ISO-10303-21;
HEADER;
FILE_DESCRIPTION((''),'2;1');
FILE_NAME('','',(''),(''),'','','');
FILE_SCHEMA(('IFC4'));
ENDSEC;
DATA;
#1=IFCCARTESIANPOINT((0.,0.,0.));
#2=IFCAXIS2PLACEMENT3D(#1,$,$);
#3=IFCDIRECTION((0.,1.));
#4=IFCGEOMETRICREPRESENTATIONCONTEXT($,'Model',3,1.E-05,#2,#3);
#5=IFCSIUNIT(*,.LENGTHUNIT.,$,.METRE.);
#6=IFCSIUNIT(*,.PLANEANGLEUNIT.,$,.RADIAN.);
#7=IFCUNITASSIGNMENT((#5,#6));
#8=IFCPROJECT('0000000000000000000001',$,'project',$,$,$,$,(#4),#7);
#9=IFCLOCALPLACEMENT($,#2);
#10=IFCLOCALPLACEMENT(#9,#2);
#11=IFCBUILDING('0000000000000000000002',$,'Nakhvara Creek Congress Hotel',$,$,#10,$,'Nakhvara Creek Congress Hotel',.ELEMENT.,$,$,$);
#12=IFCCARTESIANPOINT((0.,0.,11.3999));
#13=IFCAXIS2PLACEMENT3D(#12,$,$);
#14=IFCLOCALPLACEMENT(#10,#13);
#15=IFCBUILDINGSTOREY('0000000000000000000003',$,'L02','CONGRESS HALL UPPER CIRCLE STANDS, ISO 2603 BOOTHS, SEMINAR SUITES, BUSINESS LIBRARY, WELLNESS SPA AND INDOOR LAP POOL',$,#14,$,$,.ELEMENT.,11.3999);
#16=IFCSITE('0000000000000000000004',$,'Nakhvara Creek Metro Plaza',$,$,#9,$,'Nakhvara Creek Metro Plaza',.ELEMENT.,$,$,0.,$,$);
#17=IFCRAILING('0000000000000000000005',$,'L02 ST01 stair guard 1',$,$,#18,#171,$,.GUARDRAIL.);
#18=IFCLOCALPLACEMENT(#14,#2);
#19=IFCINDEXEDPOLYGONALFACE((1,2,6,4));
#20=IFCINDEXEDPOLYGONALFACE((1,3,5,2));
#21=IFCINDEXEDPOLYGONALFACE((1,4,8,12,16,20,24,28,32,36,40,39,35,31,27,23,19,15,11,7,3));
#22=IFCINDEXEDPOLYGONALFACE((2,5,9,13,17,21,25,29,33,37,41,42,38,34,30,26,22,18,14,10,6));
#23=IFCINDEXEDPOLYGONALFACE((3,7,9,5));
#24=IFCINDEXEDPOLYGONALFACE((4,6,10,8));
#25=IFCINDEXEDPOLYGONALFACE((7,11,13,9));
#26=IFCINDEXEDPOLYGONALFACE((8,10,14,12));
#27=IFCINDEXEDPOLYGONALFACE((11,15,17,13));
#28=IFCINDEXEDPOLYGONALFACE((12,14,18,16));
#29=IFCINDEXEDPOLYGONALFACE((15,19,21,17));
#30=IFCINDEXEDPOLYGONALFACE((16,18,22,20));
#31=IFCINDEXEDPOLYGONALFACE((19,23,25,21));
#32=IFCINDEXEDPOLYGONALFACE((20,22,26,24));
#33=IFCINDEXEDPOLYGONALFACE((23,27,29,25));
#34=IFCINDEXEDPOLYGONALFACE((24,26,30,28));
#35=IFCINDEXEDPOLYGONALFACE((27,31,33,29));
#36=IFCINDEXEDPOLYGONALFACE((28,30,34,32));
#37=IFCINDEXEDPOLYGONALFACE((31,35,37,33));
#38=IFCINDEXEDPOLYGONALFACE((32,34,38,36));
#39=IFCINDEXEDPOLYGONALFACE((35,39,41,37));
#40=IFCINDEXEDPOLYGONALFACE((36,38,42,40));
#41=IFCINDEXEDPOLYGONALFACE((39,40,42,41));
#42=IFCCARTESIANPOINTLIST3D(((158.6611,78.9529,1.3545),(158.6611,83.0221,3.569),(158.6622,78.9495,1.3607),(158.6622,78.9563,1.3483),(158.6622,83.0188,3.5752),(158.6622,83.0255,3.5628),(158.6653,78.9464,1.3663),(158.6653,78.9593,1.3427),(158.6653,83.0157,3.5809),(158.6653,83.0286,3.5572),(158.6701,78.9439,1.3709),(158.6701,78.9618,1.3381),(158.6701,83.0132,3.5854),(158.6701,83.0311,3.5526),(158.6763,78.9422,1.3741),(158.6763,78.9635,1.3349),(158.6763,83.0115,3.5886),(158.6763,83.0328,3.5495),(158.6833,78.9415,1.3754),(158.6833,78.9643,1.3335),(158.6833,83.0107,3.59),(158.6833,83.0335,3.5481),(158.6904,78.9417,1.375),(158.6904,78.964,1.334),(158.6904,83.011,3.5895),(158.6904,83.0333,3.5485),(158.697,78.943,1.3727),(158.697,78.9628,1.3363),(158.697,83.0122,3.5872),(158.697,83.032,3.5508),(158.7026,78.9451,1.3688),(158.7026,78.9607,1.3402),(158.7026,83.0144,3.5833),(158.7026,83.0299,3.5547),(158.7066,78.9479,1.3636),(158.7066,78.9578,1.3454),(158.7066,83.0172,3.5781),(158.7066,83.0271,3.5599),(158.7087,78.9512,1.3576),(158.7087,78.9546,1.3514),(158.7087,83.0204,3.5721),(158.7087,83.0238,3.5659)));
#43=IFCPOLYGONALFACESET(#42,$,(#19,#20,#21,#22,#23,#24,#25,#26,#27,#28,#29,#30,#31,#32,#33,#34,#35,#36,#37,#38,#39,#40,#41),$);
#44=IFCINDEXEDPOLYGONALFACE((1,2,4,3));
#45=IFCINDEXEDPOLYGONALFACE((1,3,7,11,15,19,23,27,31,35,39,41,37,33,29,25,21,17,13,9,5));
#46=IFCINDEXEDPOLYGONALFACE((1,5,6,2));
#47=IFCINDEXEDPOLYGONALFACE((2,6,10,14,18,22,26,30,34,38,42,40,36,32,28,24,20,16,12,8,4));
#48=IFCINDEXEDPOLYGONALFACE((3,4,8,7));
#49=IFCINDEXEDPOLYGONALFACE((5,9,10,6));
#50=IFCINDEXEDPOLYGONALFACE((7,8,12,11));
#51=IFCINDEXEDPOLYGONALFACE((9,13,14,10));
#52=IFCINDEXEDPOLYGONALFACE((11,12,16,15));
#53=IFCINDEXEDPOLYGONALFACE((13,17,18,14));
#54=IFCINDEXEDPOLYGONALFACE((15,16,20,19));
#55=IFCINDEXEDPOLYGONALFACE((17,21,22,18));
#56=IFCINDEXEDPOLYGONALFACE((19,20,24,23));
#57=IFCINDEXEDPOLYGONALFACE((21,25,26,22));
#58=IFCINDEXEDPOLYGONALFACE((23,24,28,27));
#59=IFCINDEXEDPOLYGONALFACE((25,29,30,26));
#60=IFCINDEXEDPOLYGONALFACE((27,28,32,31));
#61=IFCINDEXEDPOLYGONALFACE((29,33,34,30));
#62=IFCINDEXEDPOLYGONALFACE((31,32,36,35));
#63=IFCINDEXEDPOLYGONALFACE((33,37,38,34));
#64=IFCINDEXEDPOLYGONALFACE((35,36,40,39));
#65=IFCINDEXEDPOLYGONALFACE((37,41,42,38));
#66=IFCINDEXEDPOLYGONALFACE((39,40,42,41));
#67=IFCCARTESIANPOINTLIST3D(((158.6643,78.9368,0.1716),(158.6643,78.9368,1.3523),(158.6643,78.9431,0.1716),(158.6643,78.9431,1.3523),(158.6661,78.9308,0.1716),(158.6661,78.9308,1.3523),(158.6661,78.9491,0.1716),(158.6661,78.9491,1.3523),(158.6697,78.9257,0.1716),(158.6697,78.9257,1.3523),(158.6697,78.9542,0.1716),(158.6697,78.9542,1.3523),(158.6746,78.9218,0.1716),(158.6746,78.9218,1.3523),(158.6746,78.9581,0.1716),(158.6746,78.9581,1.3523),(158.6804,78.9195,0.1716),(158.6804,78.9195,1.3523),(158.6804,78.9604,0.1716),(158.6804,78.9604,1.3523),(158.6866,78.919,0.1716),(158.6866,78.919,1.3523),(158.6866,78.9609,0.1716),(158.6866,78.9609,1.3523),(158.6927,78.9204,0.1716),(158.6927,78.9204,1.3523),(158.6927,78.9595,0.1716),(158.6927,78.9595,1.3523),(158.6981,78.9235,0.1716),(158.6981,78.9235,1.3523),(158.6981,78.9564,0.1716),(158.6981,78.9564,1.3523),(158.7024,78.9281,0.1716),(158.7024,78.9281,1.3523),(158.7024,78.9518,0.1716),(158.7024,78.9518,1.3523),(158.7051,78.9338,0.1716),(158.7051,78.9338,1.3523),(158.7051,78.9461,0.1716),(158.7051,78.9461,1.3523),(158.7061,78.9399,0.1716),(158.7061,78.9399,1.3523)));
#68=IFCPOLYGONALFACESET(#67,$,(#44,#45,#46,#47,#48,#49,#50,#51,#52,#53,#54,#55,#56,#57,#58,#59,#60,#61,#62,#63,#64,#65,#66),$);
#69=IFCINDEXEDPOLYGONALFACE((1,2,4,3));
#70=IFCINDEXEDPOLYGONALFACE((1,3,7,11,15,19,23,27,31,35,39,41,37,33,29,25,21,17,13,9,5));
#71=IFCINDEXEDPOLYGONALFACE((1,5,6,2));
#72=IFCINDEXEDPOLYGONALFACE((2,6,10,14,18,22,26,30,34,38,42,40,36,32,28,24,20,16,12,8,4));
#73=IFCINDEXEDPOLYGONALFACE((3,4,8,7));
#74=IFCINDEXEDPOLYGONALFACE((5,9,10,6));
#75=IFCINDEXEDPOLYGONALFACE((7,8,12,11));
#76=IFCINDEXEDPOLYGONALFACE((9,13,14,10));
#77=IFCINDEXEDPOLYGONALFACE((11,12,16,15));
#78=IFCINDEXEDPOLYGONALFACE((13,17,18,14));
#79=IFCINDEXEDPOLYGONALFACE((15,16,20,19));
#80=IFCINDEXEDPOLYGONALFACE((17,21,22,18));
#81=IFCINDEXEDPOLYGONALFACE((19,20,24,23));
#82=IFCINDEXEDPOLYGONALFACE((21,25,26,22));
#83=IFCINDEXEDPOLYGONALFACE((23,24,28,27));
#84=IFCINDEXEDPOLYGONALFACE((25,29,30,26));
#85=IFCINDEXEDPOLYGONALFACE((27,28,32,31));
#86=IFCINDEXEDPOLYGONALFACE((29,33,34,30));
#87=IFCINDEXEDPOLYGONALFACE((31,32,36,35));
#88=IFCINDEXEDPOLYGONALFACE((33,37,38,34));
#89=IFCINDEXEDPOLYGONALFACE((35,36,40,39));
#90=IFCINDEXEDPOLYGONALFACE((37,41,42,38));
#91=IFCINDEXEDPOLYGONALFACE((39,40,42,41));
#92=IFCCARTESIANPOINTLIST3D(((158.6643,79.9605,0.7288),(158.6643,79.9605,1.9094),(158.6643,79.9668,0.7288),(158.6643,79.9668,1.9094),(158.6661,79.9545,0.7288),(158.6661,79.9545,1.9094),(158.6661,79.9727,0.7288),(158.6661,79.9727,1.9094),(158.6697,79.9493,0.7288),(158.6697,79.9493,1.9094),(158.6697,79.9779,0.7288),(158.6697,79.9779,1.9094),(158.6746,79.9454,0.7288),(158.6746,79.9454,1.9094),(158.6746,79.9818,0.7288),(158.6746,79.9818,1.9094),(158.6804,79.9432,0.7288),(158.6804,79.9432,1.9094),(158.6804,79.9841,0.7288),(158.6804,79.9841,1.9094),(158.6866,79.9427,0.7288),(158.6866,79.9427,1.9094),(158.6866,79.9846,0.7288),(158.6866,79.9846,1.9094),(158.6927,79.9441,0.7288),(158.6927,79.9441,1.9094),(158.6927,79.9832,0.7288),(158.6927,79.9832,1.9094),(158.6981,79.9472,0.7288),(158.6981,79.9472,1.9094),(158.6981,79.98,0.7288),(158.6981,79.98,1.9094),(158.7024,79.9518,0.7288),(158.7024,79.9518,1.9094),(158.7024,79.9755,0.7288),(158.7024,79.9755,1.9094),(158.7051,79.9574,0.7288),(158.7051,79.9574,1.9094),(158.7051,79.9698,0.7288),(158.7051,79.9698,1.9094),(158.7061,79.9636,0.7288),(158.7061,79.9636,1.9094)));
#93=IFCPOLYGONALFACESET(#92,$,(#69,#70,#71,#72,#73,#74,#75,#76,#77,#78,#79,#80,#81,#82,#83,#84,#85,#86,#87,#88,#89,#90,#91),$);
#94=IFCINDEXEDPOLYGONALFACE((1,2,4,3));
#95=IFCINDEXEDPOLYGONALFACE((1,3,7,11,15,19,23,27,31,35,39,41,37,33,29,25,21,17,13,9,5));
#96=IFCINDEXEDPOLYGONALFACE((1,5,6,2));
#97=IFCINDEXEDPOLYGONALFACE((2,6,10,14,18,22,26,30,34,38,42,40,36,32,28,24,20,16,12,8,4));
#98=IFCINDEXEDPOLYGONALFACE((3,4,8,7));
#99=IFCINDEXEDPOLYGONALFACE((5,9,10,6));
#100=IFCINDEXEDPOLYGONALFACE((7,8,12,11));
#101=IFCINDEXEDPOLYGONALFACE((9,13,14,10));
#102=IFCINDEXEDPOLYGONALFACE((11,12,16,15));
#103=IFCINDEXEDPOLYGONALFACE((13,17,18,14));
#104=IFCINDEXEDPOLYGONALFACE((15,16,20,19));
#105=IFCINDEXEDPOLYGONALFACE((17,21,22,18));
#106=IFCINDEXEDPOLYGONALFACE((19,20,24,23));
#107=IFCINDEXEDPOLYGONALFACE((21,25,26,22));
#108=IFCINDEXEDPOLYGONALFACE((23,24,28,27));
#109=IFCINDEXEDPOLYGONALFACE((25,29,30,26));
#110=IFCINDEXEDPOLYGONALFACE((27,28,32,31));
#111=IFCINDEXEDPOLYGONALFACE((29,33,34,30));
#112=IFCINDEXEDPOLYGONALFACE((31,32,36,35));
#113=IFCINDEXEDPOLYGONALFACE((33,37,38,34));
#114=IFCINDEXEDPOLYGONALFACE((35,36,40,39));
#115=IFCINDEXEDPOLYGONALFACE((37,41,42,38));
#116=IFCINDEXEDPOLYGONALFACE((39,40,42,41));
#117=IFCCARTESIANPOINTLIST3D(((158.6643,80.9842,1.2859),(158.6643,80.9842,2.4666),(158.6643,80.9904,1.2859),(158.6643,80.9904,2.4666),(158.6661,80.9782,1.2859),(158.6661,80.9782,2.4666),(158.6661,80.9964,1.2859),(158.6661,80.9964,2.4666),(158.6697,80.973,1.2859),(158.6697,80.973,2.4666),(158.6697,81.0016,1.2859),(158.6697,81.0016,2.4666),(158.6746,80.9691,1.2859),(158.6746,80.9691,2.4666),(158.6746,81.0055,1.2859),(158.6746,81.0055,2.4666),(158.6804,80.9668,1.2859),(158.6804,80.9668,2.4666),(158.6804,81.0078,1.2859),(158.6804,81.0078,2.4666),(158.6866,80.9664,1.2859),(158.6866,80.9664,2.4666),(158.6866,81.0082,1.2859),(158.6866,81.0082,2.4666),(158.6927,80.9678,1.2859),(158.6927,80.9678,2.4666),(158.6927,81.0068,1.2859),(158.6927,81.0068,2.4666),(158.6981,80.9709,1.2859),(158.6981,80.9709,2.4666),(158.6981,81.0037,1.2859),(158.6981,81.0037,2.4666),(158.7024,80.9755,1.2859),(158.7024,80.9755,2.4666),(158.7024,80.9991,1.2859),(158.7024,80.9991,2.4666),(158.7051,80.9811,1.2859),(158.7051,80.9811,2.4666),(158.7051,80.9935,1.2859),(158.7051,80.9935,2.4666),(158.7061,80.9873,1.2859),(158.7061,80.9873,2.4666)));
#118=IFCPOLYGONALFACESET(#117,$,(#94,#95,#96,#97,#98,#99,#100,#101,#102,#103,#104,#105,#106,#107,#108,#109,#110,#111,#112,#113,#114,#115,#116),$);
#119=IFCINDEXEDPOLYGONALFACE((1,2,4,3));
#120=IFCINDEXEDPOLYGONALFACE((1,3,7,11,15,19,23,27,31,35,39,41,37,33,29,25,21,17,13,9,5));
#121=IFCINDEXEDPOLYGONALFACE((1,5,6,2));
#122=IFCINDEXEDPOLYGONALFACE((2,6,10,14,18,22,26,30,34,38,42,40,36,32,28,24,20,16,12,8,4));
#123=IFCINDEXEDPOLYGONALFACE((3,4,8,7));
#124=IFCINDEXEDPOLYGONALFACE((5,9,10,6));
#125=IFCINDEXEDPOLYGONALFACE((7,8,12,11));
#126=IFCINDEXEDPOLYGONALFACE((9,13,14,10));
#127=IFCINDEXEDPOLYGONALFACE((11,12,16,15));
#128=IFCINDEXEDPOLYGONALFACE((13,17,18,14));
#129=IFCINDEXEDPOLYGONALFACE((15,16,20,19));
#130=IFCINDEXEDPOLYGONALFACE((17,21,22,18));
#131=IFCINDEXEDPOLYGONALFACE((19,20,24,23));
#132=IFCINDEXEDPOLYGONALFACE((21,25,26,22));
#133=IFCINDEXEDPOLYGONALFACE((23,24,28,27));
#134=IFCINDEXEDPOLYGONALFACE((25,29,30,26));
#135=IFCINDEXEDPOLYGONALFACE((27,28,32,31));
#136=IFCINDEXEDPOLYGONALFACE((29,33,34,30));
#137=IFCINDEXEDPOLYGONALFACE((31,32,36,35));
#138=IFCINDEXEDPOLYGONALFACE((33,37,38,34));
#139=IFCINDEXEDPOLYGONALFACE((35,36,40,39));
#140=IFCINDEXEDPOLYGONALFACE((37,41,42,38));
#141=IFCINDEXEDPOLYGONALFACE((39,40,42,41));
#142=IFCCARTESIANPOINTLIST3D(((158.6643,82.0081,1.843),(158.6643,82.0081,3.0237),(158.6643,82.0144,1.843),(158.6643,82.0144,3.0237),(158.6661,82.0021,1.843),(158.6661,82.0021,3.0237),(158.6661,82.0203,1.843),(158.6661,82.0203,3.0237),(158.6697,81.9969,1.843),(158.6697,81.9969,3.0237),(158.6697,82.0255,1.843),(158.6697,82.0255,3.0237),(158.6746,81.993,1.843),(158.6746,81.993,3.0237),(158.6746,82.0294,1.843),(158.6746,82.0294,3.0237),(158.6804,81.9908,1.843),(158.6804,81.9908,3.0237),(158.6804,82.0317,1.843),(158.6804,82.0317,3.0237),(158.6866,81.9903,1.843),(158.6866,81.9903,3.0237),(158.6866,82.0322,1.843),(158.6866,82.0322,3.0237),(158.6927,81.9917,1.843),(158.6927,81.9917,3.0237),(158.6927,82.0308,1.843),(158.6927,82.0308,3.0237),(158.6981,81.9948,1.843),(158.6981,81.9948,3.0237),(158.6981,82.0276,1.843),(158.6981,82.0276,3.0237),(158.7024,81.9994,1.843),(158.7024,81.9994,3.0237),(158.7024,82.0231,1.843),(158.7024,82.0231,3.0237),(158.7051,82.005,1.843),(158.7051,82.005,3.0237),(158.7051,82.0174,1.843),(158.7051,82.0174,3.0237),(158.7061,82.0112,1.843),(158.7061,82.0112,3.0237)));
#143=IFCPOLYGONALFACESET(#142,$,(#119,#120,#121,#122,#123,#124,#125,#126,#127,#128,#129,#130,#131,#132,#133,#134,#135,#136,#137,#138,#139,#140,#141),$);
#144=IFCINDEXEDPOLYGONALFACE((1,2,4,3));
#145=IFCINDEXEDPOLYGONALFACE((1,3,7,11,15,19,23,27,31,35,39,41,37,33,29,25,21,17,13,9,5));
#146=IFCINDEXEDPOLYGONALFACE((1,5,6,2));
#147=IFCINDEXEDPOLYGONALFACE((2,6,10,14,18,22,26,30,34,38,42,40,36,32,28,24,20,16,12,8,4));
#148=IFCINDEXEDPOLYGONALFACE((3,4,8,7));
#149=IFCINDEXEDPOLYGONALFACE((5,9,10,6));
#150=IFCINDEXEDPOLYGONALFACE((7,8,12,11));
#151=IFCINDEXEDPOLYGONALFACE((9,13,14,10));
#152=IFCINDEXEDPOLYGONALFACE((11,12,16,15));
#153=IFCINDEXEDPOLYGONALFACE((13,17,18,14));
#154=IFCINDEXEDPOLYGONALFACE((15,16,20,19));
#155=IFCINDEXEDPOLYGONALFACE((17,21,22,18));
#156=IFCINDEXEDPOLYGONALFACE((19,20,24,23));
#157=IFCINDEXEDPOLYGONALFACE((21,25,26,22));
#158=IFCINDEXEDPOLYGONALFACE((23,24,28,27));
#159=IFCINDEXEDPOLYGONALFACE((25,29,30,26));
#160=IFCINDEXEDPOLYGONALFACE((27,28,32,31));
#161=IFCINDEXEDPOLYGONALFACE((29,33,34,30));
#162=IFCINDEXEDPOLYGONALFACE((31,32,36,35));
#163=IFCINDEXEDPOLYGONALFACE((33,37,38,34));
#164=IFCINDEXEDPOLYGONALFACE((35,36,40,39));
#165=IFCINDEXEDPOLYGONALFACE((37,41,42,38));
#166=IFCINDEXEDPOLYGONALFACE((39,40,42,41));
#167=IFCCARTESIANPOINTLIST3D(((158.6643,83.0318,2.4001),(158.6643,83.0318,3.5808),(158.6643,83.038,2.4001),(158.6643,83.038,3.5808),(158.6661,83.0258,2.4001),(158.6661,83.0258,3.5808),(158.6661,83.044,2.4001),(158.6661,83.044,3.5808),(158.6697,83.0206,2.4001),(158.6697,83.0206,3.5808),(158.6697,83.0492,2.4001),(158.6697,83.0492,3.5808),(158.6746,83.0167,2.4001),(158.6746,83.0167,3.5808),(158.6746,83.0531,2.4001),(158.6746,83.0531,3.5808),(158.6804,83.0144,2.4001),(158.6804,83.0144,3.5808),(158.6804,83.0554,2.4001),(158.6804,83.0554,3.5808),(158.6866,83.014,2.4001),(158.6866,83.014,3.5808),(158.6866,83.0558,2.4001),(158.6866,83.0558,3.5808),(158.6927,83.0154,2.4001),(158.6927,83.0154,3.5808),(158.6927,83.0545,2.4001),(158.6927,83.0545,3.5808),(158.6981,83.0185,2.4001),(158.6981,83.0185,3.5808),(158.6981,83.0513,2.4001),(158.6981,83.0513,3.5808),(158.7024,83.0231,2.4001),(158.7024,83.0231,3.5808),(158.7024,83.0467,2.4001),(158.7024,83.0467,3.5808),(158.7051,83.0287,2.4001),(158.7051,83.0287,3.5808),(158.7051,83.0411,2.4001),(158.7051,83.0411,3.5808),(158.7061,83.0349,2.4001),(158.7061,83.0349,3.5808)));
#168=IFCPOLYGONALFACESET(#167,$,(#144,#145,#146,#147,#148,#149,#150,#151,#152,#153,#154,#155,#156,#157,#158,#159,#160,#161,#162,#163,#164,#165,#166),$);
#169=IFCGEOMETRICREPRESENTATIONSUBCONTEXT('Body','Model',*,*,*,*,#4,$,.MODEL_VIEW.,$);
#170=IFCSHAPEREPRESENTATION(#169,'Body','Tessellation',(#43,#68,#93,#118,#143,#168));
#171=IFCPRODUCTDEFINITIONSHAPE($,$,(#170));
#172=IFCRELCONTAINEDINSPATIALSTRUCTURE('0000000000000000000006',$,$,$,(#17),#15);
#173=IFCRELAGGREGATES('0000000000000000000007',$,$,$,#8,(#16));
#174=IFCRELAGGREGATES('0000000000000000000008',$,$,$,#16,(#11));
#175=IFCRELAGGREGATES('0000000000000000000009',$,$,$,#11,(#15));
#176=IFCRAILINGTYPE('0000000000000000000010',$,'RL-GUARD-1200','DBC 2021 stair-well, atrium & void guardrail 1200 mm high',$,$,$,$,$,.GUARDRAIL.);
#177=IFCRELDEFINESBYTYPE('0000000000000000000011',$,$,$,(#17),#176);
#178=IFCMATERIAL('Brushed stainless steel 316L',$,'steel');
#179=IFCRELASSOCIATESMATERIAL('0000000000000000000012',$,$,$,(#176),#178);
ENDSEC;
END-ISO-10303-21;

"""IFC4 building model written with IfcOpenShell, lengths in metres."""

from ifc_helpers import new_model, si_unit, direction, frame, origin, origin_2d, place, context, subcontext, project, spatial, circle, extrude, material, type_object, element, save


model = new_model("IFC4")

# Units and contexts
model_context = context("Model", 3, precision=1e-05, world=origin(), true_north=direction((0.0, 1.0)))
body_context = subcontext(model_context, "Body", "Model", "MODEL_VIEW")
ifc_project = project(units=[si_unit("LENGTHUNIT", "METRE"), si_unit("PLANEANGLEUNIT", "RADIAN")], contexts=[model_context])

# Site, building, storey
site_placement = place(None, origin())
site = spatial("IfcSite", under=ifc_project, at=site_placement, Name="Nakhvara Creek Metro Plaza", LongName="Nakhvara Creek Metro Plaza", CompositionType="ELEMENT", RefElevation=0.0)
building_placement = place(site_placement, origin())
building = spatial("IfcBuilding", under=site, at=building_placement, Name="Nakhvara Creek Congress Hotel", LongName="Nakhvara Creek Congress Hotel", CompositionType="ELEMENT")
storey_placement = place(building_placement, frame((0.0, 0.0, 11.3999)))
storey = spatial("IfcBuildingStorey", under=building, at=storey_placement, Name="L02", Description="CONGRESS HALL UPPER CIRCLE STANDS, ISO 2603 BOOTHS, SEMINAR SUITES, BUSINESS LIBRARY, WELLNESS SPA AND INDOOR LAP POOL", CompositionType="ELEMENT", Elevation=11.3999)

# Railing
ifc_material_1 = material(Name="Brushed stainless steel 316L", Category="steel")
railing_type_1 = type_object("IfcRailingType", Name="RL-GUARD-1200", Description="DBC 2021 stair-well, atrium & void guardrail 1200 mm high", PredefinedType="GUARDRAIL", material=ifc_material_1)
railing_1_placement = place(storey_placement, frame((158.6851, 78.9399, 0.1716)))
element("IfcRailing", 1, at=railing_1_placement, inside=storey, type_object=railing_type_1, Name="L02 ST01 stair guard 1", PredefinedType="GUARDRAIL", context=body_context, shape_type="SweptSolid", body=[
    extrude(circle(Radius=0.0239, at=origin_2d()), frame((0.0, 0.0129, 1.1829), z_axis=(0.0, 0.878355, 0.478008), x_axis=(-1.0, 0.0, 0.0)), (0.0, 0.0, 1.0), 4.6328),
    extrude(circle(Radius=0.021, at=origin_2d()), origin(), (0.0, 0.0, 1.0), 1.1807),
    extrude(circle(Radius=0.021, at=origin_2d()), frame((0.0, 1.0237, 0.5571)), (0.0, 0.0, 1.0), 1.1807),
    extrude(circle(Radius=0.021, at=origin_2d()), frame((0.0, 2.0474, 1.1143)), (0.0, 0.0, 1.0), 1.1807),
    extrude(circle(Radius=0.021, at=origin_2d()), frame((0.0, 3.0713, 1.6714)), (0.0, 0.0, 1.0), 1.1807),
    extrude(circle(Radius=0.021, at=origin_2d()), frame((0.0, 4.095, 2.2285)), (0.0, 0.0, 1.0), 1.1807),
])

save(model, "model.ifc")
